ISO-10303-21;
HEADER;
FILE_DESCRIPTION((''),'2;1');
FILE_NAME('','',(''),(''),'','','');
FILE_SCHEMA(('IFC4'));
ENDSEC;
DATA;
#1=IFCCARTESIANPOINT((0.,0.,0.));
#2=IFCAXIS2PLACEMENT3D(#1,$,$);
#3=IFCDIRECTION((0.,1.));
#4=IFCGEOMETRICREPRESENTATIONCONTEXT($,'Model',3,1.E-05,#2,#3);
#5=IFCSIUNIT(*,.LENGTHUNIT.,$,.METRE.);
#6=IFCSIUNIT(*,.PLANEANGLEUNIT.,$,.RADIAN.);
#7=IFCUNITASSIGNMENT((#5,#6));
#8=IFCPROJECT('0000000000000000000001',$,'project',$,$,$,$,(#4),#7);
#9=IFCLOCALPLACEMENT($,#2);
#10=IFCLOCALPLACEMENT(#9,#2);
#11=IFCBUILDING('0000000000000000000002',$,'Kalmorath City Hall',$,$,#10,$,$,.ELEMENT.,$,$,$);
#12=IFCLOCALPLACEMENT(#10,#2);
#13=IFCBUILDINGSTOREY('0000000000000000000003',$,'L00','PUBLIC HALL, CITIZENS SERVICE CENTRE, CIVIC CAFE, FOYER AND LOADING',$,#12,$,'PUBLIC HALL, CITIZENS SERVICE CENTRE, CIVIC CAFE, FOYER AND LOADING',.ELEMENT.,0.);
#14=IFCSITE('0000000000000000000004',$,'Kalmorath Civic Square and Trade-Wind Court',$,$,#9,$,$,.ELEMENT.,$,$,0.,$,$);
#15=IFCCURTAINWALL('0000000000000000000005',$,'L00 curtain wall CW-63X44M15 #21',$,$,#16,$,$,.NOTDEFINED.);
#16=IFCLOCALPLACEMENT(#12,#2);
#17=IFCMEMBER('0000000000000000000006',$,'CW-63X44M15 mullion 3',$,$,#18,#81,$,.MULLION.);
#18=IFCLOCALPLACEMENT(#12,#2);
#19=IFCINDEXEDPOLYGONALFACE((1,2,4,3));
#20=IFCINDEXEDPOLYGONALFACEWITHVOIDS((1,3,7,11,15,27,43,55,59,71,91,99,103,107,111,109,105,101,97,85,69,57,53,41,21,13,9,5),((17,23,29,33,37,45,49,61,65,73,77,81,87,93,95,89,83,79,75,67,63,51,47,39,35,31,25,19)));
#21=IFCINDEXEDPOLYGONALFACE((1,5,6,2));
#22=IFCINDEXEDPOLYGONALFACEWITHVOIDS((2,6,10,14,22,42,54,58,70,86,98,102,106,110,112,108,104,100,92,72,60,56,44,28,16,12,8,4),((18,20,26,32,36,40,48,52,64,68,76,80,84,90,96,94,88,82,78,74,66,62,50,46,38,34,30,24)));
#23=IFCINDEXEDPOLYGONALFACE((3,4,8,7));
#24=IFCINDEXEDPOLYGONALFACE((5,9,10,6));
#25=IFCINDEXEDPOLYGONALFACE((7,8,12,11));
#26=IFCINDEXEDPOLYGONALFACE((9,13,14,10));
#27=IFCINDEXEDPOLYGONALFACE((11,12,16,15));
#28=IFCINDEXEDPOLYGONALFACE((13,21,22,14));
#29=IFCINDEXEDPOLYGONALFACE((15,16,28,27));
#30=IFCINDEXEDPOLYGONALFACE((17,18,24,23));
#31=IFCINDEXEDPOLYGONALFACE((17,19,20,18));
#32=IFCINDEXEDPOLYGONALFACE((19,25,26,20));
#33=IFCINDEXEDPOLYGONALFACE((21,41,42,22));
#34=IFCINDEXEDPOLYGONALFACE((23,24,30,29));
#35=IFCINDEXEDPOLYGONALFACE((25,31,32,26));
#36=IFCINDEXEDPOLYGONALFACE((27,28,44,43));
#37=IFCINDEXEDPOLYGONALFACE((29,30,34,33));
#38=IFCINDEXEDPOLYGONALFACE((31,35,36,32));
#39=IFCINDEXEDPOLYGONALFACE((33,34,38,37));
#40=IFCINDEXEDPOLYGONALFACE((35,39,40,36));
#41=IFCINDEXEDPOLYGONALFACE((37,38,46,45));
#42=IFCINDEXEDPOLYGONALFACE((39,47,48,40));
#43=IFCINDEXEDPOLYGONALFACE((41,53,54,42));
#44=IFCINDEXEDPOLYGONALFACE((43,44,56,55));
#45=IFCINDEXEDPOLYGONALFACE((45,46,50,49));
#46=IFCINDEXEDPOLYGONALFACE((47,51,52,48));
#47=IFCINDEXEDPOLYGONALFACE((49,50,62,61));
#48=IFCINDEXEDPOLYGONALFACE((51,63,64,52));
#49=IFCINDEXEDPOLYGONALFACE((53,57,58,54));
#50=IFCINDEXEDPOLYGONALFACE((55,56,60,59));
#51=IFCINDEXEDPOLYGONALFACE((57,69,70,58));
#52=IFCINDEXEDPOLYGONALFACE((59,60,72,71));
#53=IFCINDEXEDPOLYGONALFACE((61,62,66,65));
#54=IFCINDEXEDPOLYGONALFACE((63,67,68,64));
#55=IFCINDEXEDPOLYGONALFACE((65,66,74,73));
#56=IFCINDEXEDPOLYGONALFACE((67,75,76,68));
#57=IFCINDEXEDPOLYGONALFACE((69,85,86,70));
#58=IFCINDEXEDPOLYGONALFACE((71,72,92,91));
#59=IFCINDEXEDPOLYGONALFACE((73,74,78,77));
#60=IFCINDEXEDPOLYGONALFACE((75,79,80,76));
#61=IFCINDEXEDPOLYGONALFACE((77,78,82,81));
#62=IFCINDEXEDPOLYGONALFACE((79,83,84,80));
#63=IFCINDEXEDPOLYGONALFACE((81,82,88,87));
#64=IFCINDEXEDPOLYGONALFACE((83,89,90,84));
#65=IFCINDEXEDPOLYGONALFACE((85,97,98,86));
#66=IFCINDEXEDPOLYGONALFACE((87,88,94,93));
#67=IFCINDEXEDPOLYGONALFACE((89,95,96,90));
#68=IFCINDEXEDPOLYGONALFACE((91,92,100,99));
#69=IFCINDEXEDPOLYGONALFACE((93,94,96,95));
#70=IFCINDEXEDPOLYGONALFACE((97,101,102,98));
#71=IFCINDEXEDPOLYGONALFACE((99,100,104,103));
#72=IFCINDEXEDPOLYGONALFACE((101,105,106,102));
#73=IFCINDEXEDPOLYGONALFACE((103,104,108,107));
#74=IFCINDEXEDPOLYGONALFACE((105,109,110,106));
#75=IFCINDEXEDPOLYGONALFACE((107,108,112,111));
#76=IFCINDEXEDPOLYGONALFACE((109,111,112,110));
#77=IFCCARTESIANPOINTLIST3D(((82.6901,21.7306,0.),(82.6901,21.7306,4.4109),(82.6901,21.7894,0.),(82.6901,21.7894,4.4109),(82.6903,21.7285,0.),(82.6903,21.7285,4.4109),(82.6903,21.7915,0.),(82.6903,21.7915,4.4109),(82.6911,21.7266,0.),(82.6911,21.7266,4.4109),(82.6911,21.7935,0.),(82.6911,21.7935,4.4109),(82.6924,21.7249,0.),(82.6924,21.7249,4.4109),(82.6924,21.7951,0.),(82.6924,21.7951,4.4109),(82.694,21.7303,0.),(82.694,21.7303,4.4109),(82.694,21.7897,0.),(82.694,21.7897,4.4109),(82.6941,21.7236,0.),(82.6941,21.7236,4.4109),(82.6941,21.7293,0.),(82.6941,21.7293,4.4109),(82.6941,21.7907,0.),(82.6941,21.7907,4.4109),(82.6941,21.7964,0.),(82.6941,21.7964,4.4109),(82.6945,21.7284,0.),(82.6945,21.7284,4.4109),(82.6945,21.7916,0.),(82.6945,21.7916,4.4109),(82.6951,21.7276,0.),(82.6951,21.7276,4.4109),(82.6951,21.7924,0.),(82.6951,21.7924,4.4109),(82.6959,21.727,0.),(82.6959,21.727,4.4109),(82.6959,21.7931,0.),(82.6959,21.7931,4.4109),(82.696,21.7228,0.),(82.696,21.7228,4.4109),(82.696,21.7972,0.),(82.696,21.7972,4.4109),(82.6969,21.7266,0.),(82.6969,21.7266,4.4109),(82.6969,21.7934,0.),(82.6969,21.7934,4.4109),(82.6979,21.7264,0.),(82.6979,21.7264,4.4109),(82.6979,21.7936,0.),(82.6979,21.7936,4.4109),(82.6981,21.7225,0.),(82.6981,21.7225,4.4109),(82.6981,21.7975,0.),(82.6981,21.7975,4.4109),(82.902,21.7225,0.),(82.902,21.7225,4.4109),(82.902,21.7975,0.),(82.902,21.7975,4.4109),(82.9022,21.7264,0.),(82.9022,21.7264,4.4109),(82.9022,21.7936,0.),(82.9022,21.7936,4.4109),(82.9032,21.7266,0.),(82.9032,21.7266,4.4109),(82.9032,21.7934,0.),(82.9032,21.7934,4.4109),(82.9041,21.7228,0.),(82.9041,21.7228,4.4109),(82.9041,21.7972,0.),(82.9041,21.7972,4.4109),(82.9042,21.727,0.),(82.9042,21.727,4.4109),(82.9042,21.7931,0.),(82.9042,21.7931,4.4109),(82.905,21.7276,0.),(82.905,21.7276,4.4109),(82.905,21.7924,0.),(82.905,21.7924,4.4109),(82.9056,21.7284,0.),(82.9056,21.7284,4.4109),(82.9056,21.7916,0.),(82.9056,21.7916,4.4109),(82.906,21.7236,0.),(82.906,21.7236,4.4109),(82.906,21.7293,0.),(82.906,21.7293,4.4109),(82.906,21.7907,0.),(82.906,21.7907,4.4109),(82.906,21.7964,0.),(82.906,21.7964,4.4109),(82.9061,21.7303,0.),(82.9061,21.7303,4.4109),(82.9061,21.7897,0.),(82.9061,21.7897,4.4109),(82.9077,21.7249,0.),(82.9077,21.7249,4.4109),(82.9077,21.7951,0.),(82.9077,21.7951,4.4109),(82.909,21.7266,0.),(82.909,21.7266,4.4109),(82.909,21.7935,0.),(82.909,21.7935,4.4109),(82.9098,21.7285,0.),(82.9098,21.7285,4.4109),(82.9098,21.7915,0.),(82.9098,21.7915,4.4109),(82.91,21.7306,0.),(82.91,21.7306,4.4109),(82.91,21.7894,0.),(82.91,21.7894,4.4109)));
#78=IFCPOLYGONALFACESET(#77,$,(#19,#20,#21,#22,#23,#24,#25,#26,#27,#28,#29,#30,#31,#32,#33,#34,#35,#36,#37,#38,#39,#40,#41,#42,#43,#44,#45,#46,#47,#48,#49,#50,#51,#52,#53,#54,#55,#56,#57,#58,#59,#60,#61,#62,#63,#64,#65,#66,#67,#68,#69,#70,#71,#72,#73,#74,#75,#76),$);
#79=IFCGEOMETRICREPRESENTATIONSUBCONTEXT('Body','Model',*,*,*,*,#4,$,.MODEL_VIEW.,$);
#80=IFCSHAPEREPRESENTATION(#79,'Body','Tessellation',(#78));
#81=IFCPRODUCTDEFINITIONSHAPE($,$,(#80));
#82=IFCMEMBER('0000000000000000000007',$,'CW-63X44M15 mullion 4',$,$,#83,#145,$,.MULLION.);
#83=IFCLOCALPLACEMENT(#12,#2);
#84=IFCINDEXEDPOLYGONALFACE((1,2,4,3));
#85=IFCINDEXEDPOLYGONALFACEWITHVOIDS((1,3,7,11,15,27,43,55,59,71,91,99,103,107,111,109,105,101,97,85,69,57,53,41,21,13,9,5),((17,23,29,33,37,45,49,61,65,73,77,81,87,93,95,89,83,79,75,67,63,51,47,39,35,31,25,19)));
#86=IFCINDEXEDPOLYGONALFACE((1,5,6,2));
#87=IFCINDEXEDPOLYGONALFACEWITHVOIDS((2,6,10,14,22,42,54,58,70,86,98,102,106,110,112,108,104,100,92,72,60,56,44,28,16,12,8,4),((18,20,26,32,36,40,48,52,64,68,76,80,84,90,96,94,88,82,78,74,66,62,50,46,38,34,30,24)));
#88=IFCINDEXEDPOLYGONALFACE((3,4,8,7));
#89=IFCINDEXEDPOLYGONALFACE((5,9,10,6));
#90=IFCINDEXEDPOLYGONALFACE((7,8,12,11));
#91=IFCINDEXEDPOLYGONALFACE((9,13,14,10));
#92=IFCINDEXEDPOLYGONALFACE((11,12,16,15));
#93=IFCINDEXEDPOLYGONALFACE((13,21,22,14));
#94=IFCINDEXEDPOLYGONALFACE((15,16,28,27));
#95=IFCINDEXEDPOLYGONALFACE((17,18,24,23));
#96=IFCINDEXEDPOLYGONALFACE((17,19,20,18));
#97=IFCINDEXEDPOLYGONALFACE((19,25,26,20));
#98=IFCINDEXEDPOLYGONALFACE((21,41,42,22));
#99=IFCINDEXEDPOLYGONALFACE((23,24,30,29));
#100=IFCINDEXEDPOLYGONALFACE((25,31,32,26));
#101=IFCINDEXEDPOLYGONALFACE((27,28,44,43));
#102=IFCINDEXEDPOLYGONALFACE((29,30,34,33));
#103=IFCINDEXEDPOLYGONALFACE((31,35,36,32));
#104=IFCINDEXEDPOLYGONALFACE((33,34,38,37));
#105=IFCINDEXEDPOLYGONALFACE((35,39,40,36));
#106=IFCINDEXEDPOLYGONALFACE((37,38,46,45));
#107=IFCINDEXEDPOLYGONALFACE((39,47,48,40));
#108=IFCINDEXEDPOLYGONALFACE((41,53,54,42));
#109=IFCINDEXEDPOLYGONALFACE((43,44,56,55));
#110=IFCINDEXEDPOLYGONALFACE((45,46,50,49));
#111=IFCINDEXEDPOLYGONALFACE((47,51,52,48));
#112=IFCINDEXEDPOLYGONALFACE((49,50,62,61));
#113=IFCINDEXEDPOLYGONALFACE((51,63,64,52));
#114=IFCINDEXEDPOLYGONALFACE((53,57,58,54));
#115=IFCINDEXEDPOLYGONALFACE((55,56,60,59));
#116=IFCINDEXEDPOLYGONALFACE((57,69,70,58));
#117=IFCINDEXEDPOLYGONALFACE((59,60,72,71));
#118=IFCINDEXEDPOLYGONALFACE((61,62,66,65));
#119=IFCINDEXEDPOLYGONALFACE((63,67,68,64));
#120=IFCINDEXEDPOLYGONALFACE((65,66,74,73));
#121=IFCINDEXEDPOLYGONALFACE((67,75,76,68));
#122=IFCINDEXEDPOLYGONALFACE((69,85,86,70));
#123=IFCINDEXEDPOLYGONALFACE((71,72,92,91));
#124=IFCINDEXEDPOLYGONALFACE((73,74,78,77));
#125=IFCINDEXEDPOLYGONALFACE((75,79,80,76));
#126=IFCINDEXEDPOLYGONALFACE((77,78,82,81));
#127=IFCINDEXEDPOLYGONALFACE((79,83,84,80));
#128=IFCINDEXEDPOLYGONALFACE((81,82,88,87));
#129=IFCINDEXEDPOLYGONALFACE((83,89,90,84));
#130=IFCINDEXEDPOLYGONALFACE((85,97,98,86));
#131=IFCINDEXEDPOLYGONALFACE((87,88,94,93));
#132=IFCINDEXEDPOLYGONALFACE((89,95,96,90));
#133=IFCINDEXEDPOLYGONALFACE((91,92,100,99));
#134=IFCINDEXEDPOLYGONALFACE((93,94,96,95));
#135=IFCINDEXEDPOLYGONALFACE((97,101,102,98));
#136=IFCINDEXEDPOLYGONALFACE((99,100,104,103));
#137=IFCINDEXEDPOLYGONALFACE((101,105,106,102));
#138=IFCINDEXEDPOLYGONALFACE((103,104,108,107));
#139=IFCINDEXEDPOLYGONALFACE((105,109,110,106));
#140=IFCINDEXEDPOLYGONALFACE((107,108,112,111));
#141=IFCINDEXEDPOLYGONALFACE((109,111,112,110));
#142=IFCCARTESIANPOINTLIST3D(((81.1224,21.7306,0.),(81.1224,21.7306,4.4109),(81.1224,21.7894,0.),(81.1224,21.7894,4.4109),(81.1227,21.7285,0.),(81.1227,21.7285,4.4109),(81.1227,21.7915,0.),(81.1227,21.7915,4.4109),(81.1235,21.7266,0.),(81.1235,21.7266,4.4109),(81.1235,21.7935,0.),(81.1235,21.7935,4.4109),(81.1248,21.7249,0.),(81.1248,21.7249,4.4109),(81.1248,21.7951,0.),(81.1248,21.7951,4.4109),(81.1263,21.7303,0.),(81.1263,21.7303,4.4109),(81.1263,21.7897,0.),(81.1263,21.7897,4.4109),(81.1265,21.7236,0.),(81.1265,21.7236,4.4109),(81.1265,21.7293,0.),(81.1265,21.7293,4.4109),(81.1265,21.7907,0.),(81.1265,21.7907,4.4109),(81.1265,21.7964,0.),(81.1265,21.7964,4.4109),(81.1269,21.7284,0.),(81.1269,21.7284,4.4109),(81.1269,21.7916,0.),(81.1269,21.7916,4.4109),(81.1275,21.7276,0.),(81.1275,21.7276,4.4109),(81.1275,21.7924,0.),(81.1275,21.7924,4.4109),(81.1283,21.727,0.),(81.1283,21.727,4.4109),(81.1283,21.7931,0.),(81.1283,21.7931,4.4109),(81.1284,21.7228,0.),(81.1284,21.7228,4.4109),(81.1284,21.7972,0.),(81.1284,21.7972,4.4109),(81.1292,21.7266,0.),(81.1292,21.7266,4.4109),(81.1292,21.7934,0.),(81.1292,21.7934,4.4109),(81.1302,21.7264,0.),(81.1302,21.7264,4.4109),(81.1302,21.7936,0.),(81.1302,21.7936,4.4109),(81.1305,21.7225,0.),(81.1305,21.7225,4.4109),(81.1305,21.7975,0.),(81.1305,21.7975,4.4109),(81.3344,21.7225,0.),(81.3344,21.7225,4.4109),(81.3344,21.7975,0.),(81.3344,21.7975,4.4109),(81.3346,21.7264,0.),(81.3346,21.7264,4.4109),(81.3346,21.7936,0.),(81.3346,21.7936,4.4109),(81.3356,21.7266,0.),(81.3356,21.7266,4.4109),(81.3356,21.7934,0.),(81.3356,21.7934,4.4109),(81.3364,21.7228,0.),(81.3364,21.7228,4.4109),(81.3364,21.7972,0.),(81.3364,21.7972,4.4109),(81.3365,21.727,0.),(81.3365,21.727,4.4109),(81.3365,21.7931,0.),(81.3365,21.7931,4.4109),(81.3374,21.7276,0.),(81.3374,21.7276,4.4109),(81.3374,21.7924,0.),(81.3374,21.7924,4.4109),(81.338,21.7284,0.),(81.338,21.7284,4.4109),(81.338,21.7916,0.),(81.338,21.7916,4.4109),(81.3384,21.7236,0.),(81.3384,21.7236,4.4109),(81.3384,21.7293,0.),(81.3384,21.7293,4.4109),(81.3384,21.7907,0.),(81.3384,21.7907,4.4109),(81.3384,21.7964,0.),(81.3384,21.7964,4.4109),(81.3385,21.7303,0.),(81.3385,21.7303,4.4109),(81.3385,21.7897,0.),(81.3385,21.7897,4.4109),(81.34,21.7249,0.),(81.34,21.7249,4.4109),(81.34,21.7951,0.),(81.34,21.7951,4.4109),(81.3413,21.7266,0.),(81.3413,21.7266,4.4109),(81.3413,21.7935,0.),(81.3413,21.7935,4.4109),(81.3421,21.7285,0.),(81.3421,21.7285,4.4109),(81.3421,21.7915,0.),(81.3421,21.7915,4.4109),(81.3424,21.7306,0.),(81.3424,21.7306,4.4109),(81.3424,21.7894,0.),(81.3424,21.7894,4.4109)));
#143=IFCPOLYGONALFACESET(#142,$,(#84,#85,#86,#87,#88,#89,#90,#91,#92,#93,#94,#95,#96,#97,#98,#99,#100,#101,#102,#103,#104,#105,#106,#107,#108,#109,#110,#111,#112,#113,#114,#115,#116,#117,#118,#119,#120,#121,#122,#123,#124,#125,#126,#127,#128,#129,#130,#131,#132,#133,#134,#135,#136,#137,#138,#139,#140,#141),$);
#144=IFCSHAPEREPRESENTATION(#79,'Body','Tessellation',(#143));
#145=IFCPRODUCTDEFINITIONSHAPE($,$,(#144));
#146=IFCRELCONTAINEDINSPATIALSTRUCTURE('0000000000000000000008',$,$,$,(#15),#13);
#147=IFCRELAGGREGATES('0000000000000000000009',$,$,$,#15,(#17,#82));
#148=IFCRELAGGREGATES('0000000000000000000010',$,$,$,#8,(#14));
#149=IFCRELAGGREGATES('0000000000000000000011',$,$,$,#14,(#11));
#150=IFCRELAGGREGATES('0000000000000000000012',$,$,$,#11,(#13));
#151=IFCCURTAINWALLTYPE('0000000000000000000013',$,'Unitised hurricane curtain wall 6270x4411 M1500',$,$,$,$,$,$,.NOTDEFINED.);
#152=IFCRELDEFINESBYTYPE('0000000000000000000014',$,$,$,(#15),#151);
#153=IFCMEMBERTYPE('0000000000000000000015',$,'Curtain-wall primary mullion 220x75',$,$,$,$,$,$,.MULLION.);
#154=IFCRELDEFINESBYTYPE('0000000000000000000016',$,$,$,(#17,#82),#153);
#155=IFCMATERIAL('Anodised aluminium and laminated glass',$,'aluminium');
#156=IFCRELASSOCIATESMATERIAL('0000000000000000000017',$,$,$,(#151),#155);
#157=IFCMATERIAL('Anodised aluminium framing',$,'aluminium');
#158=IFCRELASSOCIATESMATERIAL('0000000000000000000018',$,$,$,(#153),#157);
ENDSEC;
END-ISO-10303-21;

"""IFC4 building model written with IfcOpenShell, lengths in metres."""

from ifc_helpers import new_model, si_unit, direction, frame, origin, origin_2d, place, context, subcontext, project, spatial, hollow_rectangle, extrude, material, material_profile, profile_set, type_object, element, aggregate, save


model = new_model("IFC4")

# Units and contexts
model_context = context("Model", 3, precision=1e-05, world=origin(), true_north=direction((0.0, 1.0)))
body_context = subcontext(model_context, "Body", "Model", "MODEL_VIEW")
ifc_project = project(units=[si_unit("LENGTHUNIT", "METRE"), si_unit("PLANEANGLEUNIT", "RADIAN")], contexts=[model_context])

# Site, building, storey
site_placement = place(None, origin())
site = spatial("IfcSite", under=ifc_project, at=site_placement, Name="Kalmorath Civic Square and Trade-Wind Court", CompositionType="ELEMENT", RefElevation=0.0)
building_placement = place(site_placement, origin())
building = spatial("IfcBuilding", under=site, at=building_placement, Name="Kalmorath City Hall", CompositionType="ELEMENT")
storey_placement = place(building_placement, origin())
storey = spatial("IfcBuildingStorey", under=building, at=storey_placement, Name="L00", Description="PUBLIC HALL, CITIZENS SERVICE CENTRE, CIVIC CAFE, FOYER AND LOADING", LongName="PUBLIC HALL, CITIZENS SERVICE CENTRE, CIVIC CAFE, FOYER AND LOADING", CompositionType="ELEMENT", Elevation=0.0)

# Curtain wall, members
ifc_material_1 = material(Name="Anodised aluminium and laminated glass", Category="aluminium")
curtain_wall_type_1 = type_object("IfcCurtainWallType", Name="Unitised hurricane curtain wall 6270x4411 M1500", PredefinedType="NOTDEFINED", material=ifc_material_1)
curtain_wall_1_placement = place(storey_placement, origin())
curtain_wall_1 = element("IfcCurtainWall", 1, at=curtain_wall_1_placement, inside=storey, type_object=curtain_wall_type_1, Name="L00 curtain wall CW-63X44M15 #21", PredefinedType="NOTDEFINED")
ifc_material_2 = material(Name="Anodised aluminium framing", Category="aluminium")
ifc_material_profile_1 = material_profile(ifc_material_2, hollow_rectangle(XDim=0.075, YDim=0.22, WallThickness=0.0039, InnerFilletRadius=0.0039, OuterFilletRadius=0.0081, at=origin_2d()), Name="ALU-MUL-220X75X4")
ifc_profile_set_1 = profile_set([ifc_material_profile_1], Name="Anodised aluminium framing")
member_type_1 = type_object("IfcMemberType", Name="Curtain-wall primary mullion 220x75", PredefinedType="MULLION", material=ifc_profile_set_1)
member_1_placement = place(storey_placement, frame((82.8, 21.76, 0.0), z_axis=(0.0, 0.0, 1.0), x_axis=(0.0, -1.0, 0.0)))
member_1 = element("IfcMember", 2, at=member_1_placement, type_object=member_type_1, Name="CW-63X44M15 mullion 3", PredefinedType="MULLION", context=body_context, shape_type="SweptSolid", body=[
    extrude(hollow_rectangle(XDim=0.075, YDim=0.22, WallThickness=0.0039, InnerFilletRadius=0.0039, OuterFilletRadius=0.0081, at=origin_2d()), origin(), (0.0, 0.0, 1.0), 4.4109),
])
member_2_placement = place(storey_placement, frame((81.2324, 21.76, 0.0), z_axis=(0.0, 0.0, 1.0), x_axis=(0.0, -1.0, 0.0)))
member_2 = element("IfcMember", 3, at=member_2_placement, type_object=member_type_1, Name="CW-63X44M15 mullion 4", PredefinedType="MULLION", context=body_context, shape_type="SweptSolid", body=[
    extrude(hollow_rectangle(XDim=0.075, YDim=0.22, WallThickness=0.0039, InnerFilletRadius=0.0039, OuterFilletRadius=0.0081, at=origin_2d()), origin(), (0.0, 0.0, 1.0), 4.4109),
])

aggregate(curtain_wall_1, [member_1, member_2])

save(model, "model.ifc")
